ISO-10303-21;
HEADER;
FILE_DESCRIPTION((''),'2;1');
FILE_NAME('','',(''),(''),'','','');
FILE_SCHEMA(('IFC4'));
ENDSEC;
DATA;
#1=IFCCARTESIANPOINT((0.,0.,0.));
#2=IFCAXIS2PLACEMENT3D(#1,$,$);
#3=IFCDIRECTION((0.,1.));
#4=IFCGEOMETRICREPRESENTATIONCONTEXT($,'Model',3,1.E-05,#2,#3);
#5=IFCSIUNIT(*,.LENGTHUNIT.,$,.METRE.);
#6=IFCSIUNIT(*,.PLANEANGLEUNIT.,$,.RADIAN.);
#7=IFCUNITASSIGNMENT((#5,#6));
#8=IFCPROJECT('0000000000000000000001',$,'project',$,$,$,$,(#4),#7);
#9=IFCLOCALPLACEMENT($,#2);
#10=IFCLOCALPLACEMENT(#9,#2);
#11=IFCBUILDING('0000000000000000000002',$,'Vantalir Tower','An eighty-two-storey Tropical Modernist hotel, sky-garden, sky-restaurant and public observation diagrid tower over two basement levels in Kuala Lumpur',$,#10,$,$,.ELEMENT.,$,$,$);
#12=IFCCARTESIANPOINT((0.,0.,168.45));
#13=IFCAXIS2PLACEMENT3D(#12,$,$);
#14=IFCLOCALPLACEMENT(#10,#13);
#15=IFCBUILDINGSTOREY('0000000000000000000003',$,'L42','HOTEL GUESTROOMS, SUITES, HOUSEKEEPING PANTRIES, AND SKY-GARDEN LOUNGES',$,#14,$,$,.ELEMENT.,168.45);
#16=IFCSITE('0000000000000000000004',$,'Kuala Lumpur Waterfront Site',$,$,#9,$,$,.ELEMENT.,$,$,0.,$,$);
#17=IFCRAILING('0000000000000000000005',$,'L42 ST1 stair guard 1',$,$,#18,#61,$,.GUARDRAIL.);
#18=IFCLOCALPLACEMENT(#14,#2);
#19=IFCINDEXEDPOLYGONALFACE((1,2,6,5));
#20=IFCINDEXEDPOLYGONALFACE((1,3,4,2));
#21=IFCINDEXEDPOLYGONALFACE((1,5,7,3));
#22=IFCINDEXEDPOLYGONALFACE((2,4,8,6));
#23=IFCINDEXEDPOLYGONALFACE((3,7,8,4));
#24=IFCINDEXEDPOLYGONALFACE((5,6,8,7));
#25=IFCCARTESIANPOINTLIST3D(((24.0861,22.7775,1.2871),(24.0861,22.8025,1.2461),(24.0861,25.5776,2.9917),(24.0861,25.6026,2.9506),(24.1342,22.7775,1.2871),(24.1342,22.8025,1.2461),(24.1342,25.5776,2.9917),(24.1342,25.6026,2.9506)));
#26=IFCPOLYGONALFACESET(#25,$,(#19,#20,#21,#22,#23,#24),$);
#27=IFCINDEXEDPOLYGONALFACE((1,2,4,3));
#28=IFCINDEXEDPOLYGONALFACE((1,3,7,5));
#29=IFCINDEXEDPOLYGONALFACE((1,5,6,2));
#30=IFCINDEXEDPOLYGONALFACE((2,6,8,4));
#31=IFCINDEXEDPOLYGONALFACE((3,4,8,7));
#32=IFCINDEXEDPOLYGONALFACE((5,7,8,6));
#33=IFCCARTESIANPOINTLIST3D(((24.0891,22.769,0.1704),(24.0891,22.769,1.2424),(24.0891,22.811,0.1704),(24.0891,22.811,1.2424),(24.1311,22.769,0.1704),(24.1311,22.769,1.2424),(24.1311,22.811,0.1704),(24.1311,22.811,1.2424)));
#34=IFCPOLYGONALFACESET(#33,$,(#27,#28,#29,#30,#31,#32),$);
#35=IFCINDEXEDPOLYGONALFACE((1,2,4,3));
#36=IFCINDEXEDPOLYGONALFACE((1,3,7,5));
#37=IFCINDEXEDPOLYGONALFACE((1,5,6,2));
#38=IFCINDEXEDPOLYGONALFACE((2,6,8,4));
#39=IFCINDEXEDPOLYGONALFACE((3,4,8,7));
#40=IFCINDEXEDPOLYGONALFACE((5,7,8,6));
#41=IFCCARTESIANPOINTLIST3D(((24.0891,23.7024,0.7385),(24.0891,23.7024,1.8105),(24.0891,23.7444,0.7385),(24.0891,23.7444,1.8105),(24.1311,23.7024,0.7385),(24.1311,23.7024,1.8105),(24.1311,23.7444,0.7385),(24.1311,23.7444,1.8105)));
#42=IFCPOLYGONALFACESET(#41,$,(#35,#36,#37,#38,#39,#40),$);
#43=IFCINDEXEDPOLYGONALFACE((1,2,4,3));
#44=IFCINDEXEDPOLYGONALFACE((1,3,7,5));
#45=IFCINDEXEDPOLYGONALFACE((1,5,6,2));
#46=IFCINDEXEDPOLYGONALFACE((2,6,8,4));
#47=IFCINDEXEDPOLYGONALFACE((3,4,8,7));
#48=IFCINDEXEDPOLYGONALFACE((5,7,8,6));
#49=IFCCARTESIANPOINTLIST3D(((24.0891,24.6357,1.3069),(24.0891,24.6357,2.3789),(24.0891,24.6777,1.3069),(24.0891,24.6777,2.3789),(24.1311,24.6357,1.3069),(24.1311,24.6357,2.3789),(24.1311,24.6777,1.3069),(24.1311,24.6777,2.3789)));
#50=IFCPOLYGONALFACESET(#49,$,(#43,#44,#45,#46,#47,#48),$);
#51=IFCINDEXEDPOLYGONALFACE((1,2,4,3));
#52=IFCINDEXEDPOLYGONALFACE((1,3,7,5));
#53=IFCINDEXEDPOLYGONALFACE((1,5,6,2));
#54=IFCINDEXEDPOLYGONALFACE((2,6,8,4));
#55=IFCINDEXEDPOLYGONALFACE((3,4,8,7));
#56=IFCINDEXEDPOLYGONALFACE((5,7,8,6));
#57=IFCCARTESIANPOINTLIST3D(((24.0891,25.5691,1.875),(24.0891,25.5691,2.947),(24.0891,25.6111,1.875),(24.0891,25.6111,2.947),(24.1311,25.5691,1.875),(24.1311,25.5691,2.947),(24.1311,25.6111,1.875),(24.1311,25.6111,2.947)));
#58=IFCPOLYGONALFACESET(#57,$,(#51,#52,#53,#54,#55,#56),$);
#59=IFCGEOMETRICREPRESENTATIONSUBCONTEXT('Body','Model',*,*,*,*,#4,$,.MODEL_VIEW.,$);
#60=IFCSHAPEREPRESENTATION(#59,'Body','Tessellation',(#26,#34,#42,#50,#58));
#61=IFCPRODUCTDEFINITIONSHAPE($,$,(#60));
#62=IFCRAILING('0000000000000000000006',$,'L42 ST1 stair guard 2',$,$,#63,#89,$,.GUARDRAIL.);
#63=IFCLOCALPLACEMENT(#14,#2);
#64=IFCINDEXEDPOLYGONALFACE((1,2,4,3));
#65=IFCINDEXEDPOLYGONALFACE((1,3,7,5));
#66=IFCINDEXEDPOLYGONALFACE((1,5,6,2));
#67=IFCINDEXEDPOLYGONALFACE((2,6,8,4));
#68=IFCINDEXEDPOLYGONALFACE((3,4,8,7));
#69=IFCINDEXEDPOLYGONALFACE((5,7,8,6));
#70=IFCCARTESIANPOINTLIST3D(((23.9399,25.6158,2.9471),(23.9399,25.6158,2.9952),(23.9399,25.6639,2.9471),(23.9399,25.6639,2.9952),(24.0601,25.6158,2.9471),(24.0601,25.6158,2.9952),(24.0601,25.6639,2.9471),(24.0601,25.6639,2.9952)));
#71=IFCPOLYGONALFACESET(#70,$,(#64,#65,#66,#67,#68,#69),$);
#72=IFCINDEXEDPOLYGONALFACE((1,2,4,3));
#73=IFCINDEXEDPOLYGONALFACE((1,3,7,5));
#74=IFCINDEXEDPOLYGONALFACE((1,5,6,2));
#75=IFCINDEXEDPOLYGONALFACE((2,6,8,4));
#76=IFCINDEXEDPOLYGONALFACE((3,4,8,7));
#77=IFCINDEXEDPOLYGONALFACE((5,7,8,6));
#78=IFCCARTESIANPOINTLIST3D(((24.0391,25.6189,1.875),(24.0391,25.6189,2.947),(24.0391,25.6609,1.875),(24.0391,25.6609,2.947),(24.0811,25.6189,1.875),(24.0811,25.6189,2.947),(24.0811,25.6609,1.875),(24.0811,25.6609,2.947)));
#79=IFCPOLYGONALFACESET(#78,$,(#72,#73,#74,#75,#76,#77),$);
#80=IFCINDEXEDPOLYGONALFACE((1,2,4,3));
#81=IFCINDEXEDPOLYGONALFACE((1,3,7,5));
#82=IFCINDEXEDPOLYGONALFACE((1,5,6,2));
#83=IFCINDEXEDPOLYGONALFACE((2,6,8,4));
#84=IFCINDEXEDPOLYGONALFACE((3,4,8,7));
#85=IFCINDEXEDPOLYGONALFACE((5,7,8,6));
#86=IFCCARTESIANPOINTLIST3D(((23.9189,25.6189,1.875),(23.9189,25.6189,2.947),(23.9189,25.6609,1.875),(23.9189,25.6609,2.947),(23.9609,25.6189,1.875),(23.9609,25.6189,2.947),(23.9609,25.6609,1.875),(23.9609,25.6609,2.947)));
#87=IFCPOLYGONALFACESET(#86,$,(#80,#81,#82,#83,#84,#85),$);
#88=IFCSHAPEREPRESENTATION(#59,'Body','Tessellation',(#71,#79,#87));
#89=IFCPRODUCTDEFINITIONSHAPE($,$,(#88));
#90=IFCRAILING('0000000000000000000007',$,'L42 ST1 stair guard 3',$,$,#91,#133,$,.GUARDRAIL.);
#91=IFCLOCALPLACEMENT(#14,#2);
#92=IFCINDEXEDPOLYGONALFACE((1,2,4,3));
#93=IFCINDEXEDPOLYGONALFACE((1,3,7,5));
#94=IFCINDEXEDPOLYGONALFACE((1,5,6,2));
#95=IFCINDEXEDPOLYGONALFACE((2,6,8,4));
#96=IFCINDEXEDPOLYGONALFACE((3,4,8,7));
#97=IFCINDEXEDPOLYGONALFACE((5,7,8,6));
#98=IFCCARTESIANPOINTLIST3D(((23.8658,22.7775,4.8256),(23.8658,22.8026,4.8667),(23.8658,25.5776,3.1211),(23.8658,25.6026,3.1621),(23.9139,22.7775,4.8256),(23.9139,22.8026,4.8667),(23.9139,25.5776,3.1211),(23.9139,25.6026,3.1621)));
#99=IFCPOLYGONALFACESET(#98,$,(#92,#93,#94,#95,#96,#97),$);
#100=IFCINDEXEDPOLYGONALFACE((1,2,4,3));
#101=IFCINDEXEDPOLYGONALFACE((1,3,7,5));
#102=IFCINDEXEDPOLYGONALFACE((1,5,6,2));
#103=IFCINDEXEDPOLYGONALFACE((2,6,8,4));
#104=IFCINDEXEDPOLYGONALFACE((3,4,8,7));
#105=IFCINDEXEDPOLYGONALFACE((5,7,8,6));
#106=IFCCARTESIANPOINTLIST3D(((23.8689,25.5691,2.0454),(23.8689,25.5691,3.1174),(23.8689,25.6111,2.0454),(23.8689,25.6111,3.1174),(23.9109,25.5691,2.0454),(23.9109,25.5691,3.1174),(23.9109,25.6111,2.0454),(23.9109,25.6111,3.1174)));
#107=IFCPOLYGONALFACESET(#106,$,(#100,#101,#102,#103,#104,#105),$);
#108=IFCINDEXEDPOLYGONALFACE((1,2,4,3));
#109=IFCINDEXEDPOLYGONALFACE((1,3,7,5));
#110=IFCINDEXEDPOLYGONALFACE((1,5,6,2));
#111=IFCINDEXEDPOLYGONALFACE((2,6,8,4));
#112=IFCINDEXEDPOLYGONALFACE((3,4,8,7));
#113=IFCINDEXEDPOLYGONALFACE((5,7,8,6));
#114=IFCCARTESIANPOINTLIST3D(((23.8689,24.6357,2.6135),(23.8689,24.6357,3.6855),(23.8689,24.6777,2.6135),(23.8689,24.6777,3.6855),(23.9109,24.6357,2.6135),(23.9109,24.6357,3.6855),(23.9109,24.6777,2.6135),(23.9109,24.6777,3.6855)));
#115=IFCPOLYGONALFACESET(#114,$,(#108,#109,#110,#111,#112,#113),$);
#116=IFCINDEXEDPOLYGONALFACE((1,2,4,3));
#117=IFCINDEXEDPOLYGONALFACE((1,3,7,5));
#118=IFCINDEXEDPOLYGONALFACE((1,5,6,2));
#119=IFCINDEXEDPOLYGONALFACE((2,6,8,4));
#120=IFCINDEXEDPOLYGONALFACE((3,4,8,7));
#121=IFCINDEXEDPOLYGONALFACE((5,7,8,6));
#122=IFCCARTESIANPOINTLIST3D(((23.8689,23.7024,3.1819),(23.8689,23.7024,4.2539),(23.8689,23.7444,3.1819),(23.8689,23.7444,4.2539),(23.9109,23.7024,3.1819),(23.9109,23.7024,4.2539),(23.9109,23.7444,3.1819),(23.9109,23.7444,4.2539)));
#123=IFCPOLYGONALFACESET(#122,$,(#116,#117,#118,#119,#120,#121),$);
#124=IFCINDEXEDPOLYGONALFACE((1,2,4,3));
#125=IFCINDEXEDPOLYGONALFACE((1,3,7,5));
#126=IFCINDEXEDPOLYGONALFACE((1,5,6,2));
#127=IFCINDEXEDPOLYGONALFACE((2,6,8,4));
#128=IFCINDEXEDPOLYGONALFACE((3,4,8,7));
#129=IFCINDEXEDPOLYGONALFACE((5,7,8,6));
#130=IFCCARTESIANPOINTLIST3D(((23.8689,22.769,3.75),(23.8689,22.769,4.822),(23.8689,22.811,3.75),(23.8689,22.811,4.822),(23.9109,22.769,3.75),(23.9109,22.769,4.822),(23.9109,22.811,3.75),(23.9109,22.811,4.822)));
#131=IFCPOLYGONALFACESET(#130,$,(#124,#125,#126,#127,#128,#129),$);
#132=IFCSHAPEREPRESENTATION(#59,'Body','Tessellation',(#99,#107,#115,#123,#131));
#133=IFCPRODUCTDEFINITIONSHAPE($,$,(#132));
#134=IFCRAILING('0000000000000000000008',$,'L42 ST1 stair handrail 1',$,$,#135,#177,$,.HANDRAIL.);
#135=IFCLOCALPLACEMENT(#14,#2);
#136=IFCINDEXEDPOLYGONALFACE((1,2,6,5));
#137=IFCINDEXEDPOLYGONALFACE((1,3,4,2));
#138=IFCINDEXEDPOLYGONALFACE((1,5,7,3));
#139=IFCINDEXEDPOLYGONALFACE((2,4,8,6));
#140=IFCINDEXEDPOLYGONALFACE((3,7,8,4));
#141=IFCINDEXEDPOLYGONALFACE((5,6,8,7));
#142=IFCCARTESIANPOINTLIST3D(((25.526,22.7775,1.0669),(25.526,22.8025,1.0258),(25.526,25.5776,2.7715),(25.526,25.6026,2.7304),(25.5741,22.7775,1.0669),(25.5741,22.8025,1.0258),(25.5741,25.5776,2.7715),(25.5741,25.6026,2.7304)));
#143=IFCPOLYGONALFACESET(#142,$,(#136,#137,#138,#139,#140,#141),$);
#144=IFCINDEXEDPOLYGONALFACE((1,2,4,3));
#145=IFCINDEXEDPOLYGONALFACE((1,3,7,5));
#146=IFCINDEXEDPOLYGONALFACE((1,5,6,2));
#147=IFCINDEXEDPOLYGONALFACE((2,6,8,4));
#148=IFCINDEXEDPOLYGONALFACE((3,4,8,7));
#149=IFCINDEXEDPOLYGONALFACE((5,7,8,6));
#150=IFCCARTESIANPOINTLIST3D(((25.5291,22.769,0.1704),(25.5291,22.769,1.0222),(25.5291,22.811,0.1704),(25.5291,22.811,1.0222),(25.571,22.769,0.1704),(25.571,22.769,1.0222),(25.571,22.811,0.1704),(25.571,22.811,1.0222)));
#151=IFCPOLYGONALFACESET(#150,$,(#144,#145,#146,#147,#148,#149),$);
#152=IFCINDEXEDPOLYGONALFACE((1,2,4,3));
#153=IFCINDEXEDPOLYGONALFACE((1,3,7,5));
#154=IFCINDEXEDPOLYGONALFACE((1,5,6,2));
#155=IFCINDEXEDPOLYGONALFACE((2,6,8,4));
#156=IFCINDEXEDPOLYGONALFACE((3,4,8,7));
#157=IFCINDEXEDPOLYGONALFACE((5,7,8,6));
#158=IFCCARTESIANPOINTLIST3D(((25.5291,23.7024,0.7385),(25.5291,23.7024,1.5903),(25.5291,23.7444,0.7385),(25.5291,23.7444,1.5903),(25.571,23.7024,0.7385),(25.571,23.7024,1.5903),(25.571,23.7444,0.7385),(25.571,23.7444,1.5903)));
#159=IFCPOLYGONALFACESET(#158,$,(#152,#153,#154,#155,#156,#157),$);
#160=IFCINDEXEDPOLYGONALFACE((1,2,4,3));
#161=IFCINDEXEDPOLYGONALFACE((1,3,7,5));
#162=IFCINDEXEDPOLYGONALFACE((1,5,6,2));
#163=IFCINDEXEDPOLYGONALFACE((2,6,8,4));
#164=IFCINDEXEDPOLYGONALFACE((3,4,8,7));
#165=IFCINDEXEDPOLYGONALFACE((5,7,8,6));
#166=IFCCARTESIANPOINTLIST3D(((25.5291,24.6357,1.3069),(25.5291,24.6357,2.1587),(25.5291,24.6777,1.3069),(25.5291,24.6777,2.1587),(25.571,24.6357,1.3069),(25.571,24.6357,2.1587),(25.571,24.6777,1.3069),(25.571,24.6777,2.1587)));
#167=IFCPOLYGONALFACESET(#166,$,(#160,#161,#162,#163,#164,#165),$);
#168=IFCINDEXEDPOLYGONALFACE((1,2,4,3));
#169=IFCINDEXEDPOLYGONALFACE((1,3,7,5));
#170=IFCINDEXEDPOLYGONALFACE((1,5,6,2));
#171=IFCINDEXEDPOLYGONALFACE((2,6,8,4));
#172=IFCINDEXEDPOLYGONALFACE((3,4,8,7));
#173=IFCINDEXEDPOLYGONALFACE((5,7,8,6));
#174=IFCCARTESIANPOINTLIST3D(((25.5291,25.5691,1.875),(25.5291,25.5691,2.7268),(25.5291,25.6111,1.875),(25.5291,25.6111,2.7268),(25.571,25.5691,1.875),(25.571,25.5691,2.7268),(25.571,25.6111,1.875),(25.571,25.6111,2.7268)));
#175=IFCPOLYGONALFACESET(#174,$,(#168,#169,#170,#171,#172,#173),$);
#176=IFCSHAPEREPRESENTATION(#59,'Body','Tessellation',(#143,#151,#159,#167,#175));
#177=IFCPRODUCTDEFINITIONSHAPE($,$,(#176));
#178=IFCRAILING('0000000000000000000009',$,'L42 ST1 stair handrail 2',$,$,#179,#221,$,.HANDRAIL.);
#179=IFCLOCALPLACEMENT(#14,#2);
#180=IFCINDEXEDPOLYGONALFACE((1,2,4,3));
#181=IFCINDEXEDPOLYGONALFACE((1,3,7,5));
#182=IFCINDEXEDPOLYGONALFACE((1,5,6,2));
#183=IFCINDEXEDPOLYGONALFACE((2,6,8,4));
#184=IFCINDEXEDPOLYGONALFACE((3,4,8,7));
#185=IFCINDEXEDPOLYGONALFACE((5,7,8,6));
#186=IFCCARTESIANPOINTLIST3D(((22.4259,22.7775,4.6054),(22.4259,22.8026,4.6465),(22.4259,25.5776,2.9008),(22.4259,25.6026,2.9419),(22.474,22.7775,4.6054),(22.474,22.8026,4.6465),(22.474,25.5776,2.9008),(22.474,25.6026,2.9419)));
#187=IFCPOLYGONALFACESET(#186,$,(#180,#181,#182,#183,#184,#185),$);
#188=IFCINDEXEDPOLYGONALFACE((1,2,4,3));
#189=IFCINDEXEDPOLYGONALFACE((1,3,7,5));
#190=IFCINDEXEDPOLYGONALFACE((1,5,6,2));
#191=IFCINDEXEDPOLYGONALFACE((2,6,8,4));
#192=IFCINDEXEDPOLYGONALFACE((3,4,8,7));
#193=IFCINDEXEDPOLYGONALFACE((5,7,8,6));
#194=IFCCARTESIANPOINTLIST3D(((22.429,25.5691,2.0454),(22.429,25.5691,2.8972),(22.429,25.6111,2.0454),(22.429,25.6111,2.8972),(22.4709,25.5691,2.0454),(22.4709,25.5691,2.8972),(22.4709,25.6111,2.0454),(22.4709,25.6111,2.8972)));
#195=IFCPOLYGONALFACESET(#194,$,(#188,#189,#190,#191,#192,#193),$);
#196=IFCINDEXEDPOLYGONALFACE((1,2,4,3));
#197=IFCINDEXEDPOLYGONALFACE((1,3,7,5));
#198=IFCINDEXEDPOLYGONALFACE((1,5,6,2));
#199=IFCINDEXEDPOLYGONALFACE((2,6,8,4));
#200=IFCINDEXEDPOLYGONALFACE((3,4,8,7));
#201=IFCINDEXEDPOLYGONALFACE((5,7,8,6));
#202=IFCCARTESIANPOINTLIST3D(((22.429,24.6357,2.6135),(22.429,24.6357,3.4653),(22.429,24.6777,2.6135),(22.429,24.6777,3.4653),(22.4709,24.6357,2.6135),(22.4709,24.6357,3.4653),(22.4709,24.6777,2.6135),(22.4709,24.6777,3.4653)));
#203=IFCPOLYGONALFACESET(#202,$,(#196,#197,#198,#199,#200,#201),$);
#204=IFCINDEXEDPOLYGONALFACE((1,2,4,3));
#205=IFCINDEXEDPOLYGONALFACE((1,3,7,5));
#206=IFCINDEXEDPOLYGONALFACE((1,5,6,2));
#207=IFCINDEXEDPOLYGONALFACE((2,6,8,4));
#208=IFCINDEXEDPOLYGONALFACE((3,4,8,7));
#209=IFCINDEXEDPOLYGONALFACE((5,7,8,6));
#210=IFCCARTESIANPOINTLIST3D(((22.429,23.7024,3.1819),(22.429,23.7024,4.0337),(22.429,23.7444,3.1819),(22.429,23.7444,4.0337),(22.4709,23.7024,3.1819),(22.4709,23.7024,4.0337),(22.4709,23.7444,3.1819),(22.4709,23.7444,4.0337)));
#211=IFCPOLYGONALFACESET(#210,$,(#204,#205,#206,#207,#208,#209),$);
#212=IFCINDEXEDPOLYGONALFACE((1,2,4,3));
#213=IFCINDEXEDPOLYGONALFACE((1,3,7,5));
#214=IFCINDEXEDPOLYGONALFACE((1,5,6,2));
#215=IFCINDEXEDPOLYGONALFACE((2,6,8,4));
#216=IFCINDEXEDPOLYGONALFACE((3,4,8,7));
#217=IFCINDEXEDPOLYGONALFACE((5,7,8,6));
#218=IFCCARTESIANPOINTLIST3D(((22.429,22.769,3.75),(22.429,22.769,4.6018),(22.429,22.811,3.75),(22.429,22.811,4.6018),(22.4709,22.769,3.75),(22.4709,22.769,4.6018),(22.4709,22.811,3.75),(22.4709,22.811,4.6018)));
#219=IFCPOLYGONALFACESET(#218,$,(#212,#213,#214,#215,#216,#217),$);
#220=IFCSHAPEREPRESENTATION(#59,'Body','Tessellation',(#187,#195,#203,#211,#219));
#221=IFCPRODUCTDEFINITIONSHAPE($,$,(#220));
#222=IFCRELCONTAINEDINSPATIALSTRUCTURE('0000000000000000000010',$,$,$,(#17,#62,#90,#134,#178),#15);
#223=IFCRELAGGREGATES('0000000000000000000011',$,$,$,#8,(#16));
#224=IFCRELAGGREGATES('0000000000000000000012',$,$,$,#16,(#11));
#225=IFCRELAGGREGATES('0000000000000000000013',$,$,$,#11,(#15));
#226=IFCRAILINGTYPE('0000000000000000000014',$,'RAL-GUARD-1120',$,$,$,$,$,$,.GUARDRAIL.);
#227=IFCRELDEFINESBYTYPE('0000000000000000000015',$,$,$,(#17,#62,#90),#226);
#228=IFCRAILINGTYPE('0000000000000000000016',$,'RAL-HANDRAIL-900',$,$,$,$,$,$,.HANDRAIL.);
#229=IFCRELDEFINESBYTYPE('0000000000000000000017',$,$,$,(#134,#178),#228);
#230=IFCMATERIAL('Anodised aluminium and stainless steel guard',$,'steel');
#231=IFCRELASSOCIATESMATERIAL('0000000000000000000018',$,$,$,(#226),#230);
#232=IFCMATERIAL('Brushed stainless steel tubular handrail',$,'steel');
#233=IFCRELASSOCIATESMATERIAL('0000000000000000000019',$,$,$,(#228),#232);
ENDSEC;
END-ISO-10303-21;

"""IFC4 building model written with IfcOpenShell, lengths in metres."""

from ifc_helpers import new_model, si_unit, direction, frame, origin, origin_2d, place, context, subcontext, project, spatial, rectangle, extrude, material, type_object, element, save


model = new_model("IFC4")

# Units and contexts
model_context = context("Model", 3, precision=1e-05, world=origin(), true_north=direction((0.0, 1.0)))
body_context = subcontext(model_context, "Body", "Model", "MODEL_VIEW")
ifc_project = project(units=[si_unit("LENGTHUNIT", "METRE"), si_unit("PLANEANGLEUNIT", "RADIAN")], contexts=[model_context])

# Site, building, storey
site_placement = place(None, origin())
site = spatial("IfcSite", under=ifc_project, at=site_placement, Name="Kuala Lumpur Waterfront Site", CompositionType="ELEMENT", RefElevation=0.0)
building_placement = place(site_placement, origin())
building = spatial("IfcBuilding", under=site, at=building_placement, Name="Vantalir Tower", Description="An eighty-two-storey Tropical Modernist hotel, sky-garden, sky-restaurant and public observation diagrid tower over two basement levels in Kuala Lumpur", CompositionType="ELEMENT")
storey_placement = place(building_placement, frame((0.0, 0.0, 168.45)))
storey = spatial("IfcBuildingStorey", under=building, at=storey_placement, Name="L42", Description="HOTEL GUESTROOMS, SUITES, HOUSEKEEPING PANTRIES, AND SKY-GARDEN LOUNGES", CompositionType="ELEMENT", Elevation=168.45)

# Railings
ifc_material_1 = material(Name="Anodised aluminium and stainless steel guard", Category="steel")
railing_type_1 = type_object("IfcRailingType", Name="RAL-GUARD-1120", PredefinedType="GUARDRAIL", material=ifc_material_1)
railing_1_placement = place(storey_placement, frame((24.1101, 22.79, 0.1704)))
element("IfcRailing", 1, at=railing_1_placement, inside=storey, type_object=railing_type_1, Name="L42 ST1 stair guard 1", PredefinedType="GUARDRAIL", context=body_context, shape_type="SweptSolid", body=[
    extrude(rectangle(XDim=0.0481, YDim=0.0481, at=origin_2d()), frame((0.0, 0.0, 1.0962), z_axis=(0.0, 0.85417, 0.519994), x_axis=(-1.0, 0.0, 0.0)), (0.0, 0.0, 1.0), 3.2781),
    extrude(rectangle(XDim=0.042, YDim=0.042, at=origin_2d()), origin(), (0.0, 0.0, 1.0), 1.072),
    extrude(rectangle(XDim=0.042, YDim=0.042, at=origin_2d()), frame((0.0, 0.9333, 0.5681)), (0.0, 0.0, 1.0), 1.072),
    extrude(rectangle(XDim=0.042, YDim=0.042, at=origin_2d()), frame((0.0, 1.8667, 1.1365)), (0.0, 0.0, 1.0), 1.072),
    extrude(rectangle(XDim=0.042, YDim=0.042, at=origin_2d()), frame((0.0, 2.8, 1.7046)), (0.0, 0.0, 1.0), 1.072),
])
railing_2_placement = place(storey_placement, frame((24.0601, 25.6399, 1.875)))
element("IfcRailing", 2, at=railing_2_placement, inside=storey, type_object=railing_type_1, Name="L42 ST1 stair guard 2", PredefinedType="GUARDRAIL", context=body_context, shape_type="SweptSolid", body=[
    extrude(rectangle(XDim=0.0481, YDim=0.0481, at=origin_2d()), frame((0.0, 0.0, 1.0962), z_axis=(-1.0, 0.0, 0.0), x_axis=(0.0, -1.0, 0.0)), (0.0, 0.0, 1.0), 0.1201),
    extrude(rectangle(XDim=0.042, YDim=0.042, at=origin_2d()), origin(), (0.0, 0.0, 1.0), 1.072),
    extrude(rectangle(XDim=0.042, YDim=0.042, at=origin_2d()), frame((-0.1201, 0.0, 0.0)), (0.0, 0.0, 1.0), 1.072),
])
railing_3_placement = place(storey_placement, frame((23.8899, 25.5901, 2.0454)))
element("IfcRailing", 3, at=railing_3_placement, inside=storey, type_object=railing_type_1, Name="L42 ST1 stair guard 3", PredefinedType="GUARDRAIL", context=body_context, shape_type="SweptSolid", body=[
    extrude(rectangle(XDim=0.0481, YDim=0.0481, at=origin_2d()), frame((0.0, 0.0, 1.0962), z_axis=(0.0, -0.85417, 0.519994), x_axis=(1.0, 0.0, 0.0)), (0.0, 0.0, 1.0), 3.2781),
    extrude(rectangle(XDim=0.042, YDim=0.042, at=origin_2d()), origin(), (0.0, 0.0, 1.0), 1.072),
    extrude(rectangle(XDim=0.042, YDim=0.042, at=origin_2d()), frame((0.0, -0.9333, 0.5681)), (0.0, 0.0, 1.0), 1.072),
    extrude(rectangle(XDim=0.042, YDim=0.042, at=origin_2d()), frame((0.0, -1.8667, 1.1365)), (0.0, 0.0, 1.0), 1.072),
    extrude(rectangle(XDim=0.042, YDim=0.042, at=origin_2d()), frame((0.0, -2.8, 1.7046)), (0.0, 0.0, 1.0), 1.072),
])
ifc_material_2 = material(Name="Brushed stainless steel tubular handrail", Category="steel")
railing_type_2 = type_object("IfcRailingType", Name="RAL-HANDRAIL-900", PredefinedType="HANDRAIL", material=ifc_material_2)
railing_4_placement = place(storey_placement, frame((25.55, 22.79, 0.1704)))
element("IfcRailing", 4, at=railing_4_placement, inside=storey, type_object=railing_type_2, Name="L42 ST1 stair handrail 1", PredefinedType="HANDRAIL", context=body_context, shape_type="SweptSolid", body=[
    extrude(rectangle(XDim=0.0481, YDim=0.0481, at=origin_2d()), frame((0.0, 0.0, 0.876), z_axis=(0.0, 0.85417, 0.519994), x_axis=(-1.0, 0.0, 0.0)), (0.0, 0.0, 1.0), 3.2781),
    extrude(rectangle(XDim=0.042, YDim=0.042, at=origin_2d()), origin(), (0.0, 0.0, 1.0), 0.8518),
    extrude(rectangle(XDim=0.042, YDim=0.042, at=origin_2d()), frame((0.0, 0.9333, 0.5681)), (0.0, 0.0, 1.0), 0.8518),
    extrude(rectangle(XDim=0.042, YDim=0.042, at=origin_2d()), frame((0.0, 1.8667, 1.1365)), (0.0, 0.0, 1.0), 0.8518),
    extrude(rectangle(XDim=0.042, YDim=0.042, at=origin_2d()), frame((0.0, 2.8, 1.7046)), (0.0, 0.0, 1.0), 0.8518),
])
railing_5_placement = place(storey_placement, frame((22.45, 25.5901, 2.0454)))
element("IfcRailing", 5, at=railing_5_placement, inside=storey, type_object=railing_type_2, Name="L42 ST1 stair handrail 2", PredefinedType="HANDRAIL", context=body_context, shape_type="SweptSolid", body=[
    extrude(rectangle(XDim=0.0481, YDim=0.0481, at=origin_2d()), frame((0.0, 0.0, 0.876), z_axis=(0.0, -0.85417, 0.519994), x_axis=(1.0, 0.0, 0.0)), (0.0, 0.0, 1.0), 3.2781),
    extrude(rectangle(XDim=0.042, YDim=0.042, at=origin_2d()), origin(), (0.0, 0.0, 1.0), 0.8518),
    extrude(rectangle(XDim=0.042, YDim=0.042, at=origin_2d()), frame((0.0, -0.9333, 0.5681)), (0.0, 0.0, 1.0), 0.8518),
    extrude(rectangle(XDim=0.042, YDim=0.042, at=origin_2d()), frame((0.0, -1.8667, 1.1365)), (0.0, 0.0, 1.0), 0.8518),
    extrude(rectangle(XDim=0.042, YDim=0.042, at=origin_2d()), frame((0.0, -2.8, 1.7046)), (0.0, 0.0, 1.0), 0.8518),
])

save(model, "model.ifc")
